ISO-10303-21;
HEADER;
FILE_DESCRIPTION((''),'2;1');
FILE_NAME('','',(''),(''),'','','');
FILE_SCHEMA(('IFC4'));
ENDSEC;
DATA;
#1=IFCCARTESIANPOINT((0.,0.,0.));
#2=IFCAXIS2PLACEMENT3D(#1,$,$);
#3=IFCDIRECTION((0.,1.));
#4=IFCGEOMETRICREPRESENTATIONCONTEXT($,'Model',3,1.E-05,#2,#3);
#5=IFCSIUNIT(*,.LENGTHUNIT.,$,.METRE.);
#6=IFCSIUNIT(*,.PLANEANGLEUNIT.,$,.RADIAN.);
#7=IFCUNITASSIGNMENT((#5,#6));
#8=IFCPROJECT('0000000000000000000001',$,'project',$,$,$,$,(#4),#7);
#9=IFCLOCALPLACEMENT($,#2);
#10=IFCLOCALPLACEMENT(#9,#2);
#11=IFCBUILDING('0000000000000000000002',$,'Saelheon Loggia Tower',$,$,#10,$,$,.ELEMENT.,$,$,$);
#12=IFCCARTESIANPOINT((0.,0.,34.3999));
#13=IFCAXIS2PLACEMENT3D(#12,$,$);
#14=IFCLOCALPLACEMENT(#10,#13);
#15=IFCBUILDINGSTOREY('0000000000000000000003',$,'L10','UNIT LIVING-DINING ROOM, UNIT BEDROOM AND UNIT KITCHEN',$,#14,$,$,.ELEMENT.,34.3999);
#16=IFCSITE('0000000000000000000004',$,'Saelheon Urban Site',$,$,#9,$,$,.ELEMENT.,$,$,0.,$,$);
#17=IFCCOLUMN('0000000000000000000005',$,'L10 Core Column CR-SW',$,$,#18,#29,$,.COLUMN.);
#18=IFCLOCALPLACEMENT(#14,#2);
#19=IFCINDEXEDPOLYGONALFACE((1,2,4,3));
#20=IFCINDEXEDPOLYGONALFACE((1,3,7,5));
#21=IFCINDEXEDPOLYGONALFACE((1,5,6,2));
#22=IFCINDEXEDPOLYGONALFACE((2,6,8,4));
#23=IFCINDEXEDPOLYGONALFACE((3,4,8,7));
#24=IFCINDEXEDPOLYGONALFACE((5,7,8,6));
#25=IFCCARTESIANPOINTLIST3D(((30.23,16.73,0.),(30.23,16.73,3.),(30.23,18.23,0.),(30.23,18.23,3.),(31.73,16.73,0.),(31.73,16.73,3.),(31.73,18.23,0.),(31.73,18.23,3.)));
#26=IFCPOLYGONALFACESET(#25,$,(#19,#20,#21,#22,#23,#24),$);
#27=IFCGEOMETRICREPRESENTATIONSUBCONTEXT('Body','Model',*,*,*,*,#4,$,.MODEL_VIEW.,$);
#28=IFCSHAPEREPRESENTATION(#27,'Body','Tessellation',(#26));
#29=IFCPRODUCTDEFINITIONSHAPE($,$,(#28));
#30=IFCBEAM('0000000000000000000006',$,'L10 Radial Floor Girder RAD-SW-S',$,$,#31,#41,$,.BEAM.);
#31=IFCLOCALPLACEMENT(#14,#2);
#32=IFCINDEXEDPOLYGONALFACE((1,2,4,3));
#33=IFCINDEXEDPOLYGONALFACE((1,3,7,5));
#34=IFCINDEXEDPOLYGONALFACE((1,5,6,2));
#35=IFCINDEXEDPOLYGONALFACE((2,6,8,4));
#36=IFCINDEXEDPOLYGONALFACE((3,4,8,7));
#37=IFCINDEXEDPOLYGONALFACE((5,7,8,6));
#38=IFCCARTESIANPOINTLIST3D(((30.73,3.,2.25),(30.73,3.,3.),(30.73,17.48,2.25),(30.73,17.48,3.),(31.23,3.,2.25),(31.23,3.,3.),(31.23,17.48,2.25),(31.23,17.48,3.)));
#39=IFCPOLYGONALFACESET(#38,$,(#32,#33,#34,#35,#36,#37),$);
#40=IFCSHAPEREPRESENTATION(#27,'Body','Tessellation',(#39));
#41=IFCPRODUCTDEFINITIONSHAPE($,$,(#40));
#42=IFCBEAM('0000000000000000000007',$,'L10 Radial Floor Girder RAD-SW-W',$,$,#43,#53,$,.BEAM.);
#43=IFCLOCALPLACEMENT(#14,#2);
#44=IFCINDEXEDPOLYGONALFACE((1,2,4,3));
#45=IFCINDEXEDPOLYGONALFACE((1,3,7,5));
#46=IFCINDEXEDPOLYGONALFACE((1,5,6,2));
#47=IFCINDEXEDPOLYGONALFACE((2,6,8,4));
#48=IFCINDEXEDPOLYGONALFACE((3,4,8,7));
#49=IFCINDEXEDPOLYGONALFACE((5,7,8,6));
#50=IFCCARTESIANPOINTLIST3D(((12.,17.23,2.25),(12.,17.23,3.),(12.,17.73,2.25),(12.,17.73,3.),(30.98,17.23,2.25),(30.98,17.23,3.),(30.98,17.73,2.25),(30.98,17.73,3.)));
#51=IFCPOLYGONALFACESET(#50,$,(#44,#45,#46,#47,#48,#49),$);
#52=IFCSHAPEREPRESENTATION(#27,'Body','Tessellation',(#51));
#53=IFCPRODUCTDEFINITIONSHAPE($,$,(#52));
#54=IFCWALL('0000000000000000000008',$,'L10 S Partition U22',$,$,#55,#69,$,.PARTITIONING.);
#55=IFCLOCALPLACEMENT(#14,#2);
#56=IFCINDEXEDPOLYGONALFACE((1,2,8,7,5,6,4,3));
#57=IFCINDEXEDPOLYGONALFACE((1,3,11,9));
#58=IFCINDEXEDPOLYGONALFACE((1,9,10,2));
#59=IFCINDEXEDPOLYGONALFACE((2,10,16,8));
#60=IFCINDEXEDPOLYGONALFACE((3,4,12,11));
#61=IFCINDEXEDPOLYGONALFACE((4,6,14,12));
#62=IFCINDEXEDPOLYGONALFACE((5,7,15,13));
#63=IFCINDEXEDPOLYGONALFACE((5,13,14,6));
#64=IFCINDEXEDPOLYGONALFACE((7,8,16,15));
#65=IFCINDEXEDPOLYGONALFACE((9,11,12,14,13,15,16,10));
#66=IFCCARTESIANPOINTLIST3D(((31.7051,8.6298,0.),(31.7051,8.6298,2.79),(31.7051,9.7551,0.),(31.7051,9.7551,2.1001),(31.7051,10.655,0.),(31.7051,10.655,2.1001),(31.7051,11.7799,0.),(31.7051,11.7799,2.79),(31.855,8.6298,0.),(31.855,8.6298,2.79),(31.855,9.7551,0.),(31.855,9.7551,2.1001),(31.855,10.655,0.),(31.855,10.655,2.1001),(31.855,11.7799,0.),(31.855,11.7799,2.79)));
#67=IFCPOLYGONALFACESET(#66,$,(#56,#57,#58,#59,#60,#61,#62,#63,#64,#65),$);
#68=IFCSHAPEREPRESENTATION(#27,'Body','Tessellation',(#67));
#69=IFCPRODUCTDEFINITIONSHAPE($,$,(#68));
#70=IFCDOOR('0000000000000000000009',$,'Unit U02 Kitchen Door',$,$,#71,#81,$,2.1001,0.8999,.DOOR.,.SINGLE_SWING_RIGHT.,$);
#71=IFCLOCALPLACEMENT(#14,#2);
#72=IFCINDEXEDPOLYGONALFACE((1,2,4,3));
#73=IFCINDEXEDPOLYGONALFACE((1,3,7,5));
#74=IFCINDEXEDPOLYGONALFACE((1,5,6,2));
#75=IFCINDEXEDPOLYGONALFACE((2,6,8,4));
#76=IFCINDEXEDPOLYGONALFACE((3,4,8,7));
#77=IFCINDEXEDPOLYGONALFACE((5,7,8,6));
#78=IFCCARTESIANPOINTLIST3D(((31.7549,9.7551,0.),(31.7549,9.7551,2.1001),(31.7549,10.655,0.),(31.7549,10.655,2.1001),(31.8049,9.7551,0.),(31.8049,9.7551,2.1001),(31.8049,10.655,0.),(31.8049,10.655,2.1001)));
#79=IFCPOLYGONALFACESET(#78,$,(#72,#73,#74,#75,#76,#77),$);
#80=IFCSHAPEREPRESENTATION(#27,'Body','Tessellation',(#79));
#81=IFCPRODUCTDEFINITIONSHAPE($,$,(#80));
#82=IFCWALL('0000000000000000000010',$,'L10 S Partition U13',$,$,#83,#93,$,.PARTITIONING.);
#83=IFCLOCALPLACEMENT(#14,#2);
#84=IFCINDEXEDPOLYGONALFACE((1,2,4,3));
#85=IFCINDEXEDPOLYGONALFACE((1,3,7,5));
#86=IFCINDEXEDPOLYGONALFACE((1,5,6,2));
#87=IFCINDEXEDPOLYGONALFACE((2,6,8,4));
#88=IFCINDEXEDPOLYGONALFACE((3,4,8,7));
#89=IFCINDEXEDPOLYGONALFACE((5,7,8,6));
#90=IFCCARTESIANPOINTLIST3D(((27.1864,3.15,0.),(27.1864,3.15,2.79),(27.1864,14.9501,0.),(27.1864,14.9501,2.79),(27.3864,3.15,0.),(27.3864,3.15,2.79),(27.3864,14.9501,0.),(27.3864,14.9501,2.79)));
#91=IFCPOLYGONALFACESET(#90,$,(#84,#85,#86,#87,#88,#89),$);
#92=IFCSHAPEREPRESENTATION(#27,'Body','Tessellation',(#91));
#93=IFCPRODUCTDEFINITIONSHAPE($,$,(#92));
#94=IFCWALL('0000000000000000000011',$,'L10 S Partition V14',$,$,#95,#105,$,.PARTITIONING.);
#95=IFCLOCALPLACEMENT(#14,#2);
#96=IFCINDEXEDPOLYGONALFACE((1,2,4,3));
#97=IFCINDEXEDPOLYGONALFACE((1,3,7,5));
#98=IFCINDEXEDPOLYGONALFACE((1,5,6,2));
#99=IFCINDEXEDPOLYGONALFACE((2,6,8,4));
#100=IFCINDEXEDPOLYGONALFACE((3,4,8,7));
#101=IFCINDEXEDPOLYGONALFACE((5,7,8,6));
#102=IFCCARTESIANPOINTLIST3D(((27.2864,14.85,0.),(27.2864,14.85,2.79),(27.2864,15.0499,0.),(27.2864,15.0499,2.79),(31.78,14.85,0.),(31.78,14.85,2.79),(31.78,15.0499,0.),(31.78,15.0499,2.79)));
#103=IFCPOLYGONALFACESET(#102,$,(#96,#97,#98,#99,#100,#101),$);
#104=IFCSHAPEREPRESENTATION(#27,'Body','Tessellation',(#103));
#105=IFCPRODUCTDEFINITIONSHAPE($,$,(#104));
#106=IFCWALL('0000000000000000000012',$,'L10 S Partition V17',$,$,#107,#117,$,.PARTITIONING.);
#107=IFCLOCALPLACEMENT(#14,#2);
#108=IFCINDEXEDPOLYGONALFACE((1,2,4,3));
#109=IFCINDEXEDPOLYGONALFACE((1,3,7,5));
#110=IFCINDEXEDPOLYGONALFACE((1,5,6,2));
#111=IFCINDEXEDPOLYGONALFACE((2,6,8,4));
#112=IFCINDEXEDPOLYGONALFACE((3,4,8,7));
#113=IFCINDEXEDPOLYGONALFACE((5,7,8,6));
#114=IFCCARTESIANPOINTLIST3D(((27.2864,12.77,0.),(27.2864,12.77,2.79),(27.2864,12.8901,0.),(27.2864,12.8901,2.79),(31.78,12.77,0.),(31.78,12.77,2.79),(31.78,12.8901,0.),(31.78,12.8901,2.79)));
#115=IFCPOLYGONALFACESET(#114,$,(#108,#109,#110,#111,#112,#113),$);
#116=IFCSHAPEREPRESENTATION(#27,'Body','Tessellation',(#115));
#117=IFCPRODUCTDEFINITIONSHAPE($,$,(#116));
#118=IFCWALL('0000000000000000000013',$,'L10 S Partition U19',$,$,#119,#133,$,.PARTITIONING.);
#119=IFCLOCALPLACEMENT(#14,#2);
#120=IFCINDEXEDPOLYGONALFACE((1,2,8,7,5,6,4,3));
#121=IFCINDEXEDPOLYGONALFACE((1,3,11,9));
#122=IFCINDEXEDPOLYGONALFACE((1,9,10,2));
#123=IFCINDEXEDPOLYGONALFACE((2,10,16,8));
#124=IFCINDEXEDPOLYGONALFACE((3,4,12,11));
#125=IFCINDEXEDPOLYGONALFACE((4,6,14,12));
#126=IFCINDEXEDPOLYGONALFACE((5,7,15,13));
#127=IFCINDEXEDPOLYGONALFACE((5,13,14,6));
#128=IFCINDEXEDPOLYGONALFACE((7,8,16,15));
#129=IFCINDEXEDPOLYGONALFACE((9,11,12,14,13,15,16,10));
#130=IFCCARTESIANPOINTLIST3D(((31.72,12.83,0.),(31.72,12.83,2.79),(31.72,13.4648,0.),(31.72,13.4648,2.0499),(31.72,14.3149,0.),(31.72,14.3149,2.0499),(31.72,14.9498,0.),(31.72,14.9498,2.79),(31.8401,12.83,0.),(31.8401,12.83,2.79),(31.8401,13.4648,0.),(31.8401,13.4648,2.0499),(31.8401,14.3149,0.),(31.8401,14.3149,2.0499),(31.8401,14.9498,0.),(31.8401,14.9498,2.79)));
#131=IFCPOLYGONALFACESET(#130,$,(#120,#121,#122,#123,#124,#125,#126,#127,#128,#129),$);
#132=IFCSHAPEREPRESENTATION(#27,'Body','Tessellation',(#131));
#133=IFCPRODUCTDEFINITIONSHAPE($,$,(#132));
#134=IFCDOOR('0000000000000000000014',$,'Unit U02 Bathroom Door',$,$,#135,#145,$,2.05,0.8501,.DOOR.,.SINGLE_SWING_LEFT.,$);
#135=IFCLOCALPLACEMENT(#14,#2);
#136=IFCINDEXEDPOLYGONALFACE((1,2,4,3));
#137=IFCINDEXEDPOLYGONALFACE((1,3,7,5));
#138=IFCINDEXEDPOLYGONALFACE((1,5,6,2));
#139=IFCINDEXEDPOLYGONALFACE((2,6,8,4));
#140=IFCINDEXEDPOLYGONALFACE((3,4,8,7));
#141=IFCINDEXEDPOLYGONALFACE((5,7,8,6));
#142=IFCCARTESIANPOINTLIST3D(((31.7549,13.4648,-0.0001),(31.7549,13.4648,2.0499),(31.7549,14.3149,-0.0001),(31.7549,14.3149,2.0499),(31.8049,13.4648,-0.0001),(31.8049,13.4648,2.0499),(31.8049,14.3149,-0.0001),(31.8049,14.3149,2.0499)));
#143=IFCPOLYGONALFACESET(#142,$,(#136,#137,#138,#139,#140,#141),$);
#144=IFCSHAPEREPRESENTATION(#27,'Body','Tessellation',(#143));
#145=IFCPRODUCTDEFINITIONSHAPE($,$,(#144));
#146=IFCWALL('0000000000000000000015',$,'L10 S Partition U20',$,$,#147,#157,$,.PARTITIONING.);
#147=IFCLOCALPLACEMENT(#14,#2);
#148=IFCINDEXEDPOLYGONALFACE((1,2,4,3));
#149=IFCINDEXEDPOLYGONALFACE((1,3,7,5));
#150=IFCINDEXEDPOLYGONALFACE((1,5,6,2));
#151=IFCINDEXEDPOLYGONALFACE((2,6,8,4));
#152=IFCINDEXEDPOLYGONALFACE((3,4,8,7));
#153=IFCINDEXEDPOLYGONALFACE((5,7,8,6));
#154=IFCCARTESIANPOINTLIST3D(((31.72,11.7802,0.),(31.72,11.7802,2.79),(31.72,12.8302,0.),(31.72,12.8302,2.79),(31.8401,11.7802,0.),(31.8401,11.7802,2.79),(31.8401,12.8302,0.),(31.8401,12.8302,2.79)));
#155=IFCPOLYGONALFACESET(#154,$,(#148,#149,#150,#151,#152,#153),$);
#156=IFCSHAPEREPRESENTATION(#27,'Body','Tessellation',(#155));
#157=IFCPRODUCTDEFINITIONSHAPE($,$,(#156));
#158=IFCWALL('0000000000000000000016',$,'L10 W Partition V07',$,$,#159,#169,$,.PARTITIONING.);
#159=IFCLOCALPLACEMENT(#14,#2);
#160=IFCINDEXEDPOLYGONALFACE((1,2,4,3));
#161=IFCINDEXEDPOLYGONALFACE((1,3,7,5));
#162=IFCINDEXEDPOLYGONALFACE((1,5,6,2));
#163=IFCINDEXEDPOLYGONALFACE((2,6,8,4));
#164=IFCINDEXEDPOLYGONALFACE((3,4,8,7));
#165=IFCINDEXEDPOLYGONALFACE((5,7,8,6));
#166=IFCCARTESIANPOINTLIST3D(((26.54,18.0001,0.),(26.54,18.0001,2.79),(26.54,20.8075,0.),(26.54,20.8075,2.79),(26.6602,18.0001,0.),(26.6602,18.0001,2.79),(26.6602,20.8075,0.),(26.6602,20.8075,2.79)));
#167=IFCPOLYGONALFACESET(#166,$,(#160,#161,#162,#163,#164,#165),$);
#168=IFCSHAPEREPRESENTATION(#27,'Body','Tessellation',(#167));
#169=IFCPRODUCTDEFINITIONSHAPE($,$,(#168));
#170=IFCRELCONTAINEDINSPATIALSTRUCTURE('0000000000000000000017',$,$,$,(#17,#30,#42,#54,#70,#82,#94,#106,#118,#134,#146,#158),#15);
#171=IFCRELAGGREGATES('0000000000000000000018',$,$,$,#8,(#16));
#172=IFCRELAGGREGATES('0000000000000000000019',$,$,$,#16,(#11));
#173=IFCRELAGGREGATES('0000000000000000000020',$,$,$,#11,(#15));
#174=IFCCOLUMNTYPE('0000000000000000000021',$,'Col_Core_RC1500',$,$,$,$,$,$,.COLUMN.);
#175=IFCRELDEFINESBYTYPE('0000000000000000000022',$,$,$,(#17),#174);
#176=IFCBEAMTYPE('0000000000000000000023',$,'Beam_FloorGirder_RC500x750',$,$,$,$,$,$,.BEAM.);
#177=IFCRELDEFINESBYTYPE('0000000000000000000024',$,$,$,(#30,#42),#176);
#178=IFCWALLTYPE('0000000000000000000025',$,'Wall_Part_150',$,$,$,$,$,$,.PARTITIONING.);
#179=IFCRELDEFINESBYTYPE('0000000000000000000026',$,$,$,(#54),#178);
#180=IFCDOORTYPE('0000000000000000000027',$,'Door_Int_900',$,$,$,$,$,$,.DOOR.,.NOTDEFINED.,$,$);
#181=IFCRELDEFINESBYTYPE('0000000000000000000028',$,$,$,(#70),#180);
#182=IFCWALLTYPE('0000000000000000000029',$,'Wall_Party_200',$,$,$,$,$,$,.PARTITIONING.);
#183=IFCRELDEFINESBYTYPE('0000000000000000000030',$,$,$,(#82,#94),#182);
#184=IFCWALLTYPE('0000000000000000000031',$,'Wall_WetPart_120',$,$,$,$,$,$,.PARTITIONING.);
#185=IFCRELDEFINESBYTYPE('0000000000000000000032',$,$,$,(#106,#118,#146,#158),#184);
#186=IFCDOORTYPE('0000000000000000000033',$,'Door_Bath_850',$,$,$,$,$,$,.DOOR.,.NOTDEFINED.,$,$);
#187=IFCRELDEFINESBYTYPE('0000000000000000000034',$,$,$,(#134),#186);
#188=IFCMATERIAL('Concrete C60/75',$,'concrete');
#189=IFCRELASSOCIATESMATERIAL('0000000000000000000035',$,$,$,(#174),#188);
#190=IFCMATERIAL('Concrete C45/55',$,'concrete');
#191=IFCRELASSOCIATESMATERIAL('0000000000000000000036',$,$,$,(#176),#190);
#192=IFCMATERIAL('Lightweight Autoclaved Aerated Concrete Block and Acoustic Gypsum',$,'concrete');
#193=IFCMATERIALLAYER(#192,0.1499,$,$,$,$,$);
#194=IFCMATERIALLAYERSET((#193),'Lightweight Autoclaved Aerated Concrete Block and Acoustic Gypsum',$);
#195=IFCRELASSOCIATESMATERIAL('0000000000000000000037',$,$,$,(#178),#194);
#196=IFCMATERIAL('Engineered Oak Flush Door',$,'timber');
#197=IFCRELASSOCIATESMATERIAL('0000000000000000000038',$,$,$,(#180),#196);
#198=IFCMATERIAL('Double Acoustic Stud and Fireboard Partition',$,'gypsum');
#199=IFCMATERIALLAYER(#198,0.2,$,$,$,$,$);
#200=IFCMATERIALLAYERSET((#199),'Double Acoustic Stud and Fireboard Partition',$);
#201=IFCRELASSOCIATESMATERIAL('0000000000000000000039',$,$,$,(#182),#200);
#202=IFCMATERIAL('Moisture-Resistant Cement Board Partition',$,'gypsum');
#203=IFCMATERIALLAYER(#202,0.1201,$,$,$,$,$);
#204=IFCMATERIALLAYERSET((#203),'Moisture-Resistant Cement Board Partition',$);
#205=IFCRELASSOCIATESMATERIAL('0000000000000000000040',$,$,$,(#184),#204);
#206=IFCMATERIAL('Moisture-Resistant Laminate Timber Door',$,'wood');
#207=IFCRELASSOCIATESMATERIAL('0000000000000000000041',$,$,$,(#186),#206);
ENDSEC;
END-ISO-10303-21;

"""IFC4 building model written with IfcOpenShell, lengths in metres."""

from ifc_helpers import new_model, si_unit, direction, frame, frame_2d, origin, origin_2d, place, context, subcontext, project, spatial, rectangle, extrude, source, transform, mapped, material, layer, layer_set, material_profile, profile_set, type_object, element, fill, save


model = new_model("IFC4")

# Units and contexts
model_context = context("Model", 3, precision=1e-05, world=origin(), true_north=direction((0.0, 1.0)))
body_context = subcontext(model_context, "Body", "Model", "MODEL_VIEW")
ifc_project = project(units=[si_unit("LENGTHUNIT", "METRE"), si_unit("PLANEANGLEUNIT", "RADIAN")], contexts=[model_context])

# Site, building, storey
site_placement = place(None, origin())
site = spatial("IfcSite", under=ifc_project, at=site_placement, Name="Saelheon Urban Site", CompositionType="ELEMENT", RefElevation=0.0)
building_placement = place(site_placement, origin())
building = spatial("IfcBuilding", under=site, at=building_placement, Name="Saelheon Loggia Tower", CompositionType="ELEMENT")
storey_placement = place(building_placement, frame((0.0, 0.0, 34.3999)))
storey = spatial("IfcBuildingStorey", under=building, at=storey_placement, Name="L10", Description="UNIT LIVING-DINING ROOM, UNIT BEDROOM AND UNIT KITCHEN", CompositionType="ELEMENT", Elevation=34.3999)

# Column
ifc_material_1 = material(Name="Concrete C60/75", Category="concrete")
ifc_material_profile_1 = material_profile(ifc_material_1, rectangle(XDim=1.5, YDim=1.5, at=origin_2d()), Name="RC-1500x1500")
ifc_profile_set_1 = profile_set([ifc_material_profile_1], Name="Concrete C60/75")
column_type = type_object("IfcColumnType", Name="Col_Core_RC1500", PredefinedType="COLUMN", material=ifc_profile_set_1)
shared_shape_1 = source(origin(), body_context, "Body", "SweptSolid", [
    extrude(rectangle(XDim=1.5, YDim=1.5, at=origin_2d()), origin(), (0.0, 0.0, 1.0), 3.0),
])
column_placement = place(storey_placement, frame((30.98, 17.48, 0.0), z_axis=(0.0, 0.0, 1.0), x_axis=(1.0, 0.0, 0.0)))
element("IfcColumn", 1, at=column_placement, inside=storey, type_object=column_type, Name="L10 Core Column CR-SW", PredefinedType="COLUMN", context=body_context, shape_type="MappedRepresentation", body=[
    mapped(shared_shape_1, transform((0.0, 0.0, 0.0), scale=1.0)),
])

# Beams
ifc_material_2 = material(Name="Concrete C45/55", Category="concrete")
ifc_material_profile_2 = material_profile(ifc_material_2, rectangle(XDim=0.5, YDim=0.75, at=origin_2d()), Name="RC-500x750")
ifc_profile_set_2 = profile_set([ifc_material_profile_2], Name="Concrete C45/55")
beam_type = type_object("IfcBeamType", Name="Beam_FloorGirder_RC500x750", PredefinedType="BEAM", material=ifc_profile_set_2)
shared_shape_2 = source(origin(), body_context, "Body", "SweptSolid", [
    extrude(rectangle(XDim=0.5, YDim=0.75, at=origin_2d()), origin(), (0.0, 0.0, 1.0), 14.48),
])
beam_1_placement = place(storey_placement, frame((30.98, 17.48, 2.625), z_axis=(0.0, -1.0, 0.0), x_axis=(1.0, 0.0, 0.0)))
element("IfcBeam", 2, at=beam_1_placement, inside=storey, type_object=beam_type, Name="L10 Radial Floor Girder RAD-SW-S", PredefinedType="BEAM", context=body_context, shape_type="MappedRepresentation", body=[
    mapped(shared_shape_2, transform((0.0, 0.0, 0.0), scale=1.0)),
])
shared_shape_3 = source(origin(), body_context, "Body", "SweptSolid", [
    extrude(rectangle(XDim=0.5, YDim=0.75, at=origin_2d()), origin(), (0.0, 0.0, 1.0), 18.98),
])
beam_2_placement = place(storey_placement, frame((30.98, 17.48, 2.625), z_axis=(-1.0, 0.0, 0.0), x_axis=(0.0, -1.0, 0.0)))
element("IfcBeam", 3, at=beam_2_placement, inside=storey, type_object=beam_type, Name="L10 Radial Floor Girder RAD-SW-W", PredefinedType="BEAM", context=body_context, shape_type="MappedRepresentation", body=[
    mapped(shared_shape_3, transform((0.0, 0.0, 0.0), scale=1.0)),
])

# Wall, opening, door
ifc_material_3 = material(Name="Lightweight Autoclaved Aerated Concrete Block and Acoustic Gypsum", Category="concrete")
ifc_layer_1 = layer(ifc_material_3, 0.1499)
ifc_layer_set_1 = layer_set([ifc_layer_1], Name="Lightweight Autoclaved Aerated Concrete Block and Acoustic Gypsum")
wall_type_1 = type_object("IfcWallType", Name="Wall_Part_150", PredefinedType="PARTITIONING", material=ifc_layer_set_1)
wall_1_placement = place(storey_placement, frame((31.78, 11.78, 0.0), z_axis=(0.0, 0.0, 1.0), x_axis=(0.0, -1.0, 0.0)))
wall_1 = element("IfcWall", 4, at=wall_1_placement, inside=storey, type_object=wall_type_1, Name="L10 S Partition U22", PredefinedType="PARTITIONING", context=body_context, shape_type="SweptSolid", body=[
    extrude(rectangle(XDim=3.1501, YDim=0.1499, at=frame_2d((1.5752, 0.0))), origin(), (0.0, 0.0, 1.0), 2.79),
])
opening_1_placement = place(wall_1_placement, frame((1.125, 0.0, 0.0)))
opening_1 = element("IfcOpeningElement", 5, at=opening_1_placement, cuts=wall_1, PredefinedType="OPENING", context=body_context, shape_type="SweptSolid", body=[
    extrude(rectangle(XDim=0.8999, YDim=2.1001, at=frame_2d((0.45, 1.05))), frame((0.0, 0.0869, 0.0), z_axis=(0.0, -1.0, 0.0), x_axis=(1.0, 0.0, 0.0)), (0.0, 0.0, 1.0), 0.1738),
])
ifc_material_4 = material(Name="Engineered Oak Flush Door", Category="timber")
door_type_1 = type_object("IfcDoorType", Name="Door_Int_900", OperationType="NOTDEFINED", PredefinedType="DOOR", material=ifc_material_4)
shared_shape_4 = source(origin(), body_context, "Body", "SweptSolid", [
    extrude(rectangle(XDim=0.8999, YDim=2.1001, at=frame_2d((0.45, 1.05))), frame((0.0, 0.0249, 0.0), z_axis=(0.0, -1.0, 0.0), x_axis=(1.0, 0.0, 0.0)), (0.0, 0.0, 1.0), 0.05),
])
door_1_placement = place(opening_1_placement, origin())
door_1 = element("IfcDoor", 6, at=door_1_placement, inside=storey, type_object=door_type_1, Name="Unit U02 Kitchen Door", OperationType="SINGLE_SWING_RIGHT", OverallHeight=2.1001, OverallWidth=0.8999, PredefinedType="DOOR", context=body_context, shape_type="MappedRepresentation", body=[
    mapped(shared_shape_4, transform((0.0, 0.0, 0.0), scale=1.0)),
])
fill(opening_1, door_1)

# Walls
ifc_material_5 = material(Name="Double Acoustic Stud and Fireboard Partition", Category="gypsum")
ifc_layer_2 = layer(ifc_material_5, 0.2)
ifc_layer_set_2 = layer_set([ifc_layer_2], Name="Double Acoustic Stud and Fireboard Partition")
wall_type_2 = type_object("IfcWallType", Name="Wall_Party_200", PredefinedType="PARTITIONING", material=ifc_layer_set_2)
wall_2_placement = place(storey_placement, frame((27.2864, 14.95, 0.0), z_axis=(0.0, 0.0, 1.0), x_axis=(0.0, -1.0, 0.0)))
element("IfcWall", 7, at=wall_2_placement, inside=storey, type_object=wall_type_2, Name="L10 S Partition U13", PredefinedType="PARTITIONING", context=body_context, shape_type="SweptSolid", body=[
    extrude(rectangle(XDim=11.8, YDim=0.2, at=frame_2d((5.8999, 0.0))), origin(), (0.0, 0.0, 1.0), 2.79),
])
wall_3_placement = place(storey_placement, frame((27.2864, 14.95, 0.0), z_axis=(0.0, 0.0, 1.0), x_axis=(1.0, 0.0, 0.0)))
element("IfcWall", 8, at=wall_3_placement, inside=storey, type_object=wall_type_2, Name="L10 S Partition V14", PredefinedType="PARTITIONING", context=body_context, shape_type="SweptSolid", body=[
    extrude(rectangle(XDim=4.4937, YDim=0.2, at=frame_2d((2.2468, 0.0))), origin(), (0.0, 0.0, 1.0), 2.79),
])

# Wall
ifc_material_6 = material(Name="Moisture-Resistant Cement Board Partition", Category="gypsum")
ifc_layer_3 = layer(ifc_material_6, 0.1201)
ifc_layer_set_3 = layer_set([ifc_layer_3], Name="Moisture-Resistant Cement Board Partition")
wall_type_3 = type_object("IfcWallType", Name="Wall_WetPart_120", PredefinedType="PARTITIONING", material=ifc_layer_set_3)
wall_4_placement = place(storey_placement, frame((27.2864, 12.8301, 0.0), z_axis=(0.0, 0.0, 1.0), x_axis=(1.0, 0.0, 0.0)))
element("IfcWall", 9, at=wall_4_placement, inside=storey, type_object=wall_type_3, Name="L10 S Partition V17", PredefinedType="PARTITIONING", context=body_context, shape_type="SweptSolid", body=[
    extrude(rectangle(XDim=4.4937, YDim=0.1201, at=frame_2d((2.2468, 0.0))), origin(), (0.0, 0.0, 1.0), 2.79),
])

# Wall, opening, door
wall_5_placement = place(storey_placement, frame((31.78, 14.95, 0.0), z_axis=(0.0, 0.0, 1.0), x_axis=(0.0, -1.0, 0.0)))
wall_5 = element("IfcWall", 10, at=wall_5_placement, inside=storey, type_object=wall_type_3, Name="L10 S Partition U19", PredefinedType="PARTITIONING", context=body_context, shape_type="SweptSolid", body=[
    extrude(rectangle(XDim=2.1199, YDim=0.1201, at=frame_2d((1.0601, 0.0))), origin(), (0.0, 0.0, 1.0), 2.79),
])
opening_2_placement = place(wall_5_placement, frame((0.635, 0.0, 0.0)))
opening_2 = element("IfcOpeningElement", 11, at=opening_2_placement, cuts=wall_5, PredefinedType="OPENING", context=body_context, shape_type="SweptSolid", body=[
    extrude(rectangle(XDim=0.8501, YDim=2.05, at=frame_2d((0.425, 1.0249))), frame((0.0, 0.072, 0.0), z_axis=(0.0, -1.0, 0.0), x_axis=(1.0, 0.0, 0.0)), (0.0, 0.0, 1.0), 0.144),
])
ifc_material_7 = material(Name="Moisture-Resistant Laminate Timber Door", Category="wood")
door_type_2 = type_object("IfcDoorType", Name="Door_Bath_850", OperationType="NOTDEFINED", PredefinedType="DOOR", material=ifc_material_7)
shared_shape_5 = source(origin(), body_context, "Body", "SweptSolid", [
    extrude(rectangle(XDim=0.8501, YDim=2.05, at=frame_2d((0.425, 1.0249))), frame((0.0, 0.0249, 0.0), z_axis=(0.0, -1.0, 0.0), x_axis=(1.0, 0.0, 0.0)), (0.0, 0.0, 1.0), 0.05),
])
door_2_placement = place(opening_2_placement, origin())
door_2 = element("IfcDoor", 12, at=door_2_placement, inside=storey, type_object=door_type_2, Name="Unit U02 Bathroom Door", OperationType="SINGLE_SWING_LEFT", OverallHeight=2.05, OverallWidth=0.8501, PredefinedType="DOOR", context=body_context, shape_type="MappedRepresentation", body=[
    mapped(shared_shape_5, transform((0.0, 0.0, 0.0), scale=1.0)),
])
fill(opening_2, door_2)

# Walls
wall_6_placement = place(storey_placement, frame((31.78, 12.8301, 0.0), z_axis=(0.0, 0.0, 1.0), x_axis=(0.0, -1.0, 0.0)))
element("IfcWall", 13, at=wall_6_placement, inside=storey, type_object=wall_type_3, Name="L10 S Partition U20", PredefinedType="PARTITIONING", context=body_context, shape_type="SweptSolid", body=[
    extrude(rectangle(XDim=1.05, YDim=0.1201, at=frame_2d((0.5249, 0.0))), origin(), (0.0, 0.0, 1.0), 2.79),
])
wall_7_placement = place(storey_placement, frame((26.6001, 18.0, 0.0), z_axis=(0.0, 0.0, 1.0), x_axis=(0.0, 1.0, 0.0)))
element("IfcWall", 14, at=wall_7_placement, inside=storey, type_object=wall_type_3, Name="L10 W Partition V07", PredefinedType="PARTITIONING", context=body_context, shape_type="SweptSolid", body=[
    extrude(rectangle(XDim=2.8074, YDim=0.1201, at=frame_2d((1.4038, 0.0))), origin(), (0.0, 0.0, 1.0), 2.79),
])

save(model, "model.ifc")
